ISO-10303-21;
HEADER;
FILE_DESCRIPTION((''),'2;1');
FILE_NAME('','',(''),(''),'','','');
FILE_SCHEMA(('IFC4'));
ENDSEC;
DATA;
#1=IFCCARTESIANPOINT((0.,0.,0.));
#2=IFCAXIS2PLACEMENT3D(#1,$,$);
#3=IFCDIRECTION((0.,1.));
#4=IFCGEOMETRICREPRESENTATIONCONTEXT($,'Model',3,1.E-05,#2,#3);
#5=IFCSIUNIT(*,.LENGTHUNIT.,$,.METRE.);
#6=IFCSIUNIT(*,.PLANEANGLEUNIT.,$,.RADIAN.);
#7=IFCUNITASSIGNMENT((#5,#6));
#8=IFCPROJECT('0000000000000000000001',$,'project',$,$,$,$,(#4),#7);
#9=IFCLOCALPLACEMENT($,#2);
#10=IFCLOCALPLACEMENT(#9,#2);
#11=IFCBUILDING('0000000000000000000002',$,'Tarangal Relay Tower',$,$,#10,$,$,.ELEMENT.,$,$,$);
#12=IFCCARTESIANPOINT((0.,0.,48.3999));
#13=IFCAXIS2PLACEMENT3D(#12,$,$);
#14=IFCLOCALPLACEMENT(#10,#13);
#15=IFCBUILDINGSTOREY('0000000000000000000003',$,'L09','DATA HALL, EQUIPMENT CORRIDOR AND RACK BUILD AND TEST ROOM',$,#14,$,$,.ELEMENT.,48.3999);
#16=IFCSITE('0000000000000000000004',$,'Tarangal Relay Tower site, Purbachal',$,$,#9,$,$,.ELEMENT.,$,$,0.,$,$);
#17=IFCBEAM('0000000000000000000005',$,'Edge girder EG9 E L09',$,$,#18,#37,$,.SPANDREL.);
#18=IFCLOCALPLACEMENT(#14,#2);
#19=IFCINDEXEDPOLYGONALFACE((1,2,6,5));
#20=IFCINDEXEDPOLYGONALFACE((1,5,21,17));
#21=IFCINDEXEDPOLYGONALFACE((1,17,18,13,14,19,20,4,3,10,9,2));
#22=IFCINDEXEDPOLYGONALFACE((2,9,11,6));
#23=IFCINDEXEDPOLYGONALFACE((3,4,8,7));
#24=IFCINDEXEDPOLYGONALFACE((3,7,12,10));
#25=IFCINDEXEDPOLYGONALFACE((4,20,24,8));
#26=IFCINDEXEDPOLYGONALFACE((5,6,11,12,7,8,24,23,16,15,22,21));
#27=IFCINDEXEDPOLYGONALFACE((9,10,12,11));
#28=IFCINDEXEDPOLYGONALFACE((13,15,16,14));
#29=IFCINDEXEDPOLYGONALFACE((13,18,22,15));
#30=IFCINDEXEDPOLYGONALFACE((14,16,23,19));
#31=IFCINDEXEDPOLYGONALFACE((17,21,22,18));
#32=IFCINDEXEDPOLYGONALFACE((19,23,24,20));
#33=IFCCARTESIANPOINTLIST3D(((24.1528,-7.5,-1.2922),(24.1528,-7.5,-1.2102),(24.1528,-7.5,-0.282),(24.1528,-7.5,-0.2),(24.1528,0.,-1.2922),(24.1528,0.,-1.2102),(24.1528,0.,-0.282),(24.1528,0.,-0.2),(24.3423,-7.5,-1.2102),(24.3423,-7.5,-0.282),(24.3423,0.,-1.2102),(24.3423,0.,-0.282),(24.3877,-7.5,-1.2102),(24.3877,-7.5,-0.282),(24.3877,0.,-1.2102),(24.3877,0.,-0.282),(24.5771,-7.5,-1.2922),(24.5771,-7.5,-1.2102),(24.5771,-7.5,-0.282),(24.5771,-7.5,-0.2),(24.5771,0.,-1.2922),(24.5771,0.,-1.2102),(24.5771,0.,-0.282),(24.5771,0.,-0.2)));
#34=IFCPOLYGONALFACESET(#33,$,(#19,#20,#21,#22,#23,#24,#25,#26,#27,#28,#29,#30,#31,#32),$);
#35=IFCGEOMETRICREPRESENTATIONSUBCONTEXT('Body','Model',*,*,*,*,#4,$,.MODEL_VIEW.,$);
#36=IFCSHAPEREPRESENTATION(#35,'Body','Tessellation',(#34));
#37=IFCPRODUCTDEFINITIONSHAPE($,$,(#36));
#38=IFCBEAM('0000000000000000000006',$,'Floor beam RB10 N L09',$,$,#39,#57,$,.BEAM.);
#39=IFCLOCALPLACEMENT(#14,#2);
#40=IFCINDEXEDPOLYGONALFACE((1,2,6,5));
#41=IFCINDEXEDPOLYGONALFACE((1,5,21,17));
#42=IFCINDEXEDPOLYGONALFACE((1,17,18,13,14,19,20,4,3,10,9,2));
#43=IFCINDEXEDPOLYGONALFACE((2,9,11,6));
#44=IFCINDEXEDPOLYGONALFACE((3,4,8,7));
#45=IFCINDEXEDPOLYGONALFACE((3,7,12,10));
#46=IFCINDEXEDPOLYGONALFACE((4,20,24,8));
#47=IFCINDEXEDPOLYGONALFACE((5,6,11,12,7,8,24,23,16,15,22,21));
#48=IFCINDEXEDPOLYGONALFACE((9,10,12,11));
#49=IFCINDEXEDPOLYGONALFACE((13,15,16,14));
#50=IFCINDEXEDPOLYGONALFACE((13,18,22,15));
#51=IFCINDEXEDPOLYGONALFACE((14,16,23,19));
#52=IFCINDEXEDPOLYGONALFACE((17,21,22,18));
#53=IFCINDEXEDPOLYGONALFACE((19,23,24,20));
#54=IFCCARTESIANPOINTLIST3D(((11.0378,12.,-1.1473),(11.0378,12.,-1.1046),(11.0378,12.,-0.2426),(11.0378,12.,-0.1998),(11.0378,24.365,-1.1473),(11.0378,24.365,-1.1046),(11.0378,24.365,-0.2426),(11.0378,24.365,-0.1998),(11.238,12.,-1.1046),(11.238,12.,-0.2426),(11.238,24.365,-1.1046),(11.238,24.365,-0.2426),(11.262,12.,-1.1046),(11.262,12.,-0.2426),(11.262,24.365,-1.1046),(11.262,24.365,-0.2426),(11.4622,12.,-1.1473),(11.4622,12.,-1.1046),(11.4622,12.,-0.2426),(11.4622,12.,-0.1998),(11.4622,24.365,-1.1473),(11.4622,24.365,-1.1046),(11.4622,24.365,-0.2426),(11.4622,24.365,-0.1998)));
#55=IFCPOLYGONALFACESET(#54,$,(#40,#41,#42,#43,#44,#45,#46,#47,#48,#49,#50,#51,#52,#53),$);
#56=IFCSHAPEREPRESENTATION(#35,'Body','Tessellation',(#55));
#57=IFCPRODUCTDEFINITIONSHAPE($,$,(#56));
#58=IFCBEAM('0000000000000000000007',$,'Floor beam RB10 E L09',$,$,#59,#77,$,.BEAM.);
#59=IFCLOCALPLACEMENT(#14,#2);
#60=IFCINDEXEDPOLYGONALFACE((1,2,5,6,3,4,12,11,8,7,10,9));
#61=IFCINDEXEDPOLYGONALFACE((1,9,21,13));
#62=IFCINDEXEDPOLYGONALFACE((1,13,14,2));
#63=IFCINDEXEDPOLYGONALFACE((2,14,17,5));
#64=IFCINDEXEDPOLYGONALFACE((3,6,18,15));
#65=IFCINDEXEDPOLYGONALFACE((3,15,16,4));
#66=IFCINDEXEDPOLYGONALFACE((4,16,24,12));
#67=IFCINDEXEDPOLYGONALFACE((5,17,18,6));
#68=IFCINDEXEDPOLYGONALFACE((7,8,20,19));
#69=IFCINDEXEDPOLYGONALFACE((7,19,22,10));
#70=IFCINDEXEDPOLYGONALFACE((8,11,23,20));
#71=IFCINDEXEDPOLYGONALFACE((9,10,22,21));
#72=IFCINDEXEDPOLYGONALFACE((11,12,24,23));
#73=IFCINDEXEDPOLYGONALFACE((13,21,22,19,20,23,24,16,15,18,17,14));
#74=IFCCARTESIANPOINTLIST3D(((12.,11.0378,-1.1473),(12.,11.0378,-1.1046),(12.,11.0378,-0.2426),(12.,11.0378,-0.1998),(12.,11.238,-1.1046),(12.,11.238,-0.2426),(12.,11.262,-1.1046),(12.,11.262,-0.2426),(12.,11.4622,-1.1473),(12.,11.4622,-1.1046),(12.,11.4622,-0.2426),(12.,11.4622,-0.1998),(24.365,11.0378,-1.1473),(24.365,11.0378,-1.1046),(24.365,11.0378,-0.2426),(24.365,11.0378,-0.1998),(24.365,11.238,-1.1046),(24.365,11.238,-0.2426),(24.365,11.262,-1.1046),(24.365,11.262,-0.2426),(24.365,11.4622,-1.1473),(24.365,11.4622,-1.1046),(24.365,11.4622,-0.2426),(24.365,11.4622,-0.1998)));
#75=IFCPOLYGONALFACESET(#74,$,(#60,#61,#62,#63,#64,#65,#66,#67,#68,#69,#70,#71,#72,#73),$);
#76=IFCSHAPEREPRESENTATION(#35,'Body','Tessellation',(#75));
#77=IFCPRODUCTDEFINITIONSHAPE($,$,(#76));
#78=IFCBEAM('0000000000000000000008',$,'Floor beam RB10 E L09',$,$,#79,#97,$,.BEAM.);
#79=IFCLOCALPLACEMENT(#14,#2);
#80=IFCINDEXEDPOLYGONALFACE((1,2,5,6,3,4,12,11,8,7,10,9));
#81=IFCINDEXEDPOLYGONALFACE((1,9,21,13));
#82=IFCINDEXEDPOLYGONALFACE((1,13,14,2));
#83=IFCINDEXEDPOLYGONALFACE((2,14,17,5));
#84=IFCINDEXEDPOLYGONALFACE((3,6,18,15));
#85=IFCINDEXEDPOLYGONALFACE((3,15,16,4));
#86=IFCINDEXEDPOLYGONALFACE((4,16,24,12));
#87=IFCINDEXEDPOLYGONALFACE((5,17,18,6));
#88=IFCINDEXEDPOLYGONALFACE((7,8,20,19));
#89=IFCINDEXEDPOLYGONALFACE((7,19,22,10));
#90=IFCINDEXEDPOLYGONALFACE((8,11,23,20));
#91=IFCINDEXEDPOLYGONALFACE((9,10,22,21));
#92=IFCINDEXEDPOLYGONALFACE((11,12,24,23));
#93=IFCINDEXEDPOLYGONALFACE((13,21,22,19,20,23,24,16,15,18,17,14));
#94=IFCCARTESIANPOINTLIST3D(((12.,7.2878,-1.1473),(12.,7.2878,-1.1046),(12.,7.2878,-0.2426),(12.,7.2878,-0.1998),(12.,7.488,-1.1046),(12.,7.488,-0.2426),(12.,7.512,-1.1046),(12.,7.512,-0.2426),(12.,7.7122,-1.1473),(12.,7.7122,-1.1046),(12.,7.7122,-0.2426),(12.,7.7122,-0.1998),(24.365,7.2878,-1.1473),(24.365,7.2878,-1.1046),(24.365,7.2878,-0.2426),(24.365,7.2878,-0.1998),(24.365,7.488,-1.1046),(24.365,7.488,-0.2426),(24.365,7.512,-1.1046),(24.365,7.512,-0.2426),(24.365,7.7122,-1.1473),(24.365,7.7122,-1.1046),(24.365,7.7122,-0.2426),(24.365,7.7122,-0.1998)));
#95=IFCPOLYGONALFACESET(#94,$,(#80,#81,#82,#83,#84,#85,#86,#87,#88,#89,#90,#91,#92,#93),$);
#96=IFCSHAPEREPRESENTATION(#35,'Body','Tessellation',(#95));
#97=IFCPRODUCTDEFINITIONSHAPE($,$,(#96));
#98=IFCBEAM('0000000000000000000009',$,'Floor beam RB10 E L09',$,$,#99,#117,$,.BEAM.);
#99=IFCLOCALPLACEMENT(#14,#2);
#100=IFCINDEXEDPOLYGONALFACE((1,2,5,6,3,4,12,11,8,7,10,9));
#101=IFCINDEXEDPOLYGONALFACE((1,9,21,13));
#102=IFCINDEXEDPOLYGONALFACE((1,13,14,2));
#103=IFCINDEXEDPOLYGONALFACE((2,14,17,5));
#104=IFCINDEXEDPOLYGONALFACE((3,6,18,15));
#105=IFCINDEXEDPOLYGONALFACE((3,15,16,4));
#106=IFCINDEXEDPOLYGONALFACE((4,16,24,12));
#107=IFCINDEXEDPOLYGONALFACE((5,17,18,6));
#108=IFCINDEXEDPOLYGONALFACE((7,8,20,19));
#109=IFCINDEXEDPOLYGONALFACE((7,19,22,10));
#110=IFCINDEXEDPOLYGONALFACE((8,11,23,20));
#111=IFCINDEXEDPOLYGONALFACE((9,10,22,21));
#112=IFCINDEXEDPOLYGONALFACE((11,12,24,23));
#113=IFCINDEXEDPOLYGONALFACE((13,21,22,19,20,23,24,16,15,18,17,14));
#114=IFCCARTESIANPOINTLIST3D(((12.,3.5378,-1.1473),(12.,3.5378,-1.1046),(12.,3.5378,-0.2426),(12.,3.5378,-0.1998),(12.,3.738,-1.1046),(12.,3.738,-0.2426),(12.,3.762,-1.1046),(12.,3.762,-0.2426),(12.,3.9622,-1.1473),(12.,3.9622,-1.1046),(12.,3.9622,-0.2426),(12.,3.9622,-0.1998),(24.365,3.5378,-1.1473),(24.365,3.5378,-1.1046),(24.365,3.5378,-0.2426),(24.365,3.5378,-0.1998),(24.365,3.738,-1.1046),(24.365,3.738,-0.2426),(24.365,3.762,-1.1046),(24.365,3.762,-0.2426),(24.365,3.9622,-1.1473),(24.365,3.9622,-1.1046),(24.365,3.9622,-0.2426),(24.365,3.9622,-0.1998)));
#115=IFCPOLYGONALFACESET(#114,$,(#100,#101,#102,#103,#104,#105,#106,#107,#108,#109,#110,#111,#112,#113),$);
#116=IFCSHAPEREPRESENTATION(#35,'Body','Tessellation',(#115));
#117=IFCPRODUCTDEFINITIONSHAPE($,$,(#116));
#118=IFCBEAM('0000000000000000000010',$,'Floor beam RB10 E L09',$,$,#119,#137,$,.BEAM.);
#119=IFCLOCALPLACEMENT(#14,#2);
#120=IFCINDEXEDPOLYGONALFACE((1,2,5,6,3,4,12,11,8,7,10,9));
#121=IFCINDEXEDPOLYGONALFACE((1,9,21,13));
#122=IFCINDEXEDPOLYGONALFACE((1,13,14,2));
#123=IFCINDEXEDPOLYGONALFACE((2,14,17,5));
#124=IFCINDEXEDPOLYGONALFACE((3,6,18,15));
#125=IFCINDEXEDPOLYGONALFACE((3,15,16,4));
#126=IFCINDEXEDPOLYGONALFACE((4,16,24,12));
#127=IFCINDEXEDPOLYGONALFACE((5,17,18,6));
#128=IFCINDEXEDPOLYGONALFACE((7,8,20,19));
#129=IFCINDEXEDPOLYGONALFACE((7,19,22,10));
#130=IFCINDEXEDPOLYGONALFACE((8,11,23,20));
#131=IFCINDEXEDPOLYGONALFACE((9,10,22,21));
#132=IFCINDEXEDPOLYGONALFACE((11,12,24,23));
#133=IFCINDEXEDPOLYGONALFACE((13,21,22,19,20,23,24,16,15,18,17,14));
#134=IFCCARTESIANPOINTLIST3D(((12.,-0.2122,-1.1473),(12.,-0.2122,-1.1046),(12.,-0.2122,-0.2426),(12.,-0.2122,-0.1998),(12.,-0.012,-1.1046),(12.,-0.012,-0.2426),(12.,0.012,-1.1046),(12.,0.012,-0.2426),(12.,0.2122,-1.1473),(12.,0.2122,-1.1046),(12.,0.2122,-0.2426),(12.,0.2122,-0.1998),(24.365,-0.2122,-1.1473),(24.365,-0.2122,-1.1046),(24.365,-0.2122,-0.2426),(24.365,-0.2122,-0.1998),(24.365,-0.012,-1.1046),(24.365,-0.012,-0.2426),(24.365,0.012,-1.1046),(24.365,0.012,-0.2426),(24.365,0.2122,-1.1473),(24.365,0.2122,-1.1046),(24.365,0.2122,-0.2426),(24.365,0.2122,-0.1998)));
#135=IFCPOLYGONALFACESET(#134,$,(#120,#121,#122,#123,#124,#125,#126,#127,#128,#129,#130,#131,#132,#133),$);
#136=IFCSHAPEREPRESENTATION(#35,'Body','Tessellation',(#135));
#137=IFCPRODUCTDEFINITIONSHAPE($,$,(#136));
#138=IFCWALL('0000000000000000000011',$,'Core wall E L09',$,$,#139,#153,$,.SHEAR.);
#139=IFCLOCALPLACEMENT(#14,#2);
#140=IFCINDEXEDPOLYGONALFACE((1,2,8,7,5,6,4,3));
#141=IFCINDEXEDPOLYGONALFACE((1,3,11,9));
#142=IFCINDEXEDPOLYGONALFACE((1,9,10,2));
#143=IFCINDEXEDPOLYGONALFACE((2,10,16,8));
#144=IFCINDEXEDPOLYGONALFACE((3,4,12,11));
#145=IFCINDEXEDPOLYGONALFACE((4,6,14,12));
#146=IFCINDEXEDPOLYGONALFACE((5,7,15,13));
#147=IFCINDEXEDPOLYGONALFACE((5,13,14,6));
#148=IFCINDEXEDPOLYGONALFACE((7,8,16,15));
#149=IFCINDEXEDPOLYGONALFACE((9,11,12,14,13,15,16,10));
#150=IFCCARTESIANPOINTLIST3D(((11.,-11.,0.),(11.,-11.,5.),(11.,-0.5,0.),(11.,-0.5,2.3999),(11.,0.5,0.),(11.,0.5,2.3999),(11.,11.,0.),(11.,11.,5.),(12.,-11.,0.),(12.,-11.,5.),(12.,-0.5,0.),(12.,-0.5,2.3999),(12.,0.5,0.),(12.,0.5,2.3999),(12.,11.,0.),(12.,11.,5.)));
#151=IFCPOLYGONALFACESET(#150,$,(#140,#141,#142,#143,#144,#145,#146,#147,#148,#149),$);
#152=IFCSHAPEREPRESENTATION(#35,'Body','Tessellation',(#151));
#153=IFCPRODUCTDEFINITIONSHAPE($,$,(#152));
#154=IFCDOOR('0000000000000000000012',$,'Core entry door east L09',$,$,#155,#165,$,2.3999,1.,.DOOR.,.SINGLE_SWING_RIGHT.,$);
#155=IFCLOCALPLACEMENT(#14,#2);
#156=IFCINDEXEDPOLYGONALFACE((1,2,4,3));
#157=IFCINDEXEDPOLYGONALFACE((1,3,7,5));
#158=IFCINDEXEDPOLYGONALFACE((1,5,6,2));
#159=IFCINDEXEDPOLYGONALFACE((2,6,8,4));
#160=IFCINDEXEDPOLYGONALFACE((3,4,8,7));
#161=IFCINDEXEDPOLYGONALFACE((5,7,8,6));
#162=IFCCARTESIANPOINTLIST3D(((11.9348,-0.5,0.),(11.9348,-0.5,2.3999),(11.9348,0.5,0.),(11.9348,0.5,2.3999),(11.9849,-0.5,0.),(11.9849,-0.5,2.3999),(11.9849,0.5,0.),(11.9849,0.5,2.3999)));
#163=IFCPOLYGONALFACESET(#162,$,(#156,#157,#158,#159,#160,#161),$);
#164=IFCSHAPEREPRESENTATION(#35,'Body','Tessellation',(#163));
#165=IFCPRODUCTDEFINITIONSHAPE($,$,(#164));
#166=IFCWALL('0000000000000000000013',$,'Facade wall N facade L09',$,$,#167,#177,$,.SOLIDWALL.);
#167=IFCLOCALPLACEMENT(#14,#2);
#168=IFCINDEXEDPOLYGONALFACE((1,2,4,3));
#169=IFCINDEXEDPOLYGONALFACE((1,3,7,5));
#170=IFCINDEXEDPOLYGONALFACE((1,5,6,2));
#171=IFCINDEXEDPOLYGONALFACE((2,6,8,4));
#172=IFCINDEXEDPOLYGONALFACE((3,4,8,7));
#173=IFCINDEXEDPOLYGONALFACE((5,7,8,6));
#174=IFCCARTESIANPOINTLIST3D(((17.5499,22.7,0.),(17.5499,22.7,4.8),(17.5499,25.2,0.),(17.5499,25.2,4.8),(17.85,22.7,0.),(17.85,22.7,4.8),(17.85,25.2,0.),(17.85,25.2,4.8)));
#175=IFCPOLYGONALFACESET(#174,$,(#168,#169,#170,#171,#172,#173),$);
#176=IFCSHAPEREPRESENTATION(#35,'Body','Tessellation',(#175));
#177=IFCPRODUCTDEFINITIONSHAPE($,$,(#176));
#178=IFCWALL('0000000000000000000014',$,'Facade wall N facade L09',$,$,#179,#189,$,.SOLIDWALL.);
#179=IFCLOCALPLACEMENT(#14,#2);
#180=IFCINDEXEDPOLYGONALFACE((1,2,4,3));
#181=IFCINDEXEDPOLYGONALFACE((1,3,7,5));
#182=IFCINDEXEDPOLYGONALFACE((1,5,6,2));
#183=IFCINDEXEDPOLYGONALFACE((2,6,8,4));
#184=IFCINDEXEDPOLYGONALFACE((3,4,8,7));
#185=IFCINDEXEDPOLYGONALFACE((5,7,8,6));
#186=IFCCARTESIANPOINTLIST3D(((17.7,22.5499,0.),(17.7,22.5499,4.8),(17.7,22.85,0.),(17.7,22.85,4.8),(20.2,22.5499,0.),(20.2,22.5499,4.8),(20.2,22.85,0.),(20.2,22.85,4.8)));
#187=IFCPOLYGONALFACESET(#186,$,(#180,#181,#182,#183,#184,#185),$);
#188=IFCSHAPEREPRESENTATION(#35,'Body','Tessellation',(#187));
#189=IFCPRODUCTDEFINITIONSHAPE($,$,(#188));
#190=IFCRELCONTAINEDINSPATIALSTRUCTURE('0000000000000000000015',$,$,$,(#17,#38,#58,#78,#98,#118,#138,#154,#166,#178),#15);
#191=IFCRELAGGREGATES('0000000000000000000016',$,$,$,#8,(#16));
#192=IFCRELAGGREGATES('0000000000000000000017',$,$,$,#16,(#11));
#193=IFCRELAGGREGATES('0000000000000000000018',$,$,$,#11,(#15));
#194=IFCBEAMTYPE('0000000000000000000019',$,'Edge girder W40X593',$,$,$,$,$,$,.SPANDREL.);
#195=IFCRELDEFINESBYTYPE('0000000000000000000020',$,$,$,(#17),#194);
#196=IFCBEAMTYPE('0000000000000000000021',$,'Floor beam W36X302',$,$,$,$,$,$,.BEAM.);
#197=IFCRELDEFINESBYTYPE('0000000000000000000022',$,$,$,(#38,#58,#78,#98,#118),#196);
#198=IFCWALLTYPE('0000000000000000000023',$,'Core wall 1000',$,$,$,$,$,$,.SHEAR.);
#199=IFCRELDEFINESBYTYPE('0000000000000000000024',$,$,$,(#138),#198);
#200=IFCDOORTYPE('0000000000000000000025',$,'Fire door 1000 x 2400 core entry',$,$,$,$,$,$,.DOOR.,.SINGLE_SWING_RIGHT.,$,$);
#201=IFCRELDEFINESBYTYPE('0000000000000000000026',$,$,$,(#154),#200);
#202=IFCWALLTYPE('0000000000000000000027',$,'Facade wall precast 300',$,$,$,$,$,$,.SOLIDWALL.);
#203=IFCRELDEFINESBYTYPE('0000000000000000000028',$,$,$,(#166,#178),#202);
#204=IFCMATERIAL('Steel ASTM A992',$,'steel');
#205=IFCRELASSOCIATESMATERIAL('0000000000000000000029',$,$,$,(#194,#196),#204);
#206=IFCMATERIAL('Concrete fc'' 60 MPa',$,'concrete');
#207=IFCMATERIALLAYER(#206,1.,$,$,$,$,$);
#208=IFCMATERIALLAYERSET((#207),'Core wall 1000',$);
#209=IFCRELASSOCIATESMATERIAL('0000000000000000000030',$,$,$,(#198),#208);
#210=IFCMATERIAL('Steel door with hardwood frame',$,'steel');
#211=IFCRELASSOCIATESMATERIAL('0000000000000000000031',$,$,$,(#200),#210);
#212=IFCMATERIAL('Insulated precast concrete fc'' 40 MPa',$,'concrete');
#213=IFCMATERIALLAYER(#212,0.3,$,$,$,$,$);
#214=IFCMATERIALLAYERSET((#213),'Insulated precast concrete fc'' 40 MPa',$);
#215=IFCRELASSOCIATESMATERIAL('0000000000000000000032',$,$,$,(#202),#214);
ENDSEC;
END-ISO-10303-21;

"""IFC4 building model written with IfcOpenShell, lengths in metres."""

from ifc_helpers import new_model, si_unit, direction, frame, frame_2d, origin, origin_2d, place, context, subcontext, project, spatial, rectangle, i_section, extrude, material, layer, layer_set, material_profile, profile_set, type_object, element, fill, save


model = new_model("IFC4")

# Units and contexts
model_context = context("Model", 3, precision=1e-05, world=origin(), true_north=direction((0.0, 1.0)))
body_context = subcontext(model_context, "Body", "Model", "MODEL_VIEW")
ifc_project = project(units=[si_unit("LENGTHUNIT", "METRE"), si_unit("PLANEANGLEUNIT", "RADIAN")], contexts=[model_context])

# Site, building, storey
site_placement = place(None, origin())
site = spatial("IfcSite", under=ifc_project, at=site_placement, Name="Tarangal Relay Tower site, Purbachal", CompositionType="ELEMENT", RefElevation=0.0)
building_placement = place(site_placement, origin())
building = spatial("IfcBuilding", under=site, at=building_placement, Name="Tarangal Relay Tower", CompositionType="ELEMENT")
storey_placement = place(building_placement, frame((0.0, 0.0, 48.3999)))
storey = spatial("IfcBuildingStorey", under=building, at=storey_placement, Name="L09", Description="DATA HALL, EQUIPMENT CORRIDOR AND RACK BUILD AND TEST ROOM", CompositionType="ELEMENT", Elevation=48.3999)

# Beams
ifc_material_1 = material(Name="Steel ASTM A992", Category="steel")
ifc_material_profile_1 = material_profile(ifc_material_1, i_section(OverallWidth=0.4243, OverallDepth=1.0923, WebThickness=0.0454, FlangeThickness=0.082, at=origin_2d()), Name="W40X593")
ifc_profile_set_1 = profile_set([ifc_material_profile_1], Name="Steel ASTM A992")
beam_type_1 = type_object("IfcBeamType", Name="Edge girder W40X593", PredefinedType="SPANDREL", material=ifc_profile_set_1)
for number, where, z_axis, x_axis, name in (
    (1, (24.365, 0.0, -0.7461), (0.0, -1.0, 0.0), (1.0, 0.0, 0.0), "Edge girder EG9 E L09"),
):
    element("IfcBeam", number, at=place(storey_placement, frame(where, z_axis=z_axis, x_axis=x_axis)), inside=storey, type_object=beam_type_1, Name=name, PredefinedType="SPANDREL", context=body_context, shape_type="SweptSolid", body=[
        extrude(i_section(OverallWidth=0.4243, OverallDepth=1.0923, WebThickness=0.0454, FlangeThickness=0.082, at=origin_2d()), origin(), (0.0, 0.0, 1.0), 7.5),
    ])
ifc_material_profile_2 = material_profile(ifc_material_1, i_section(OverallWidth=0.4243, OverallDepth=0.9475, WebThickness=0.0239, FlangeThickness=0.0427, at=origin_2d()), Name="W36X302")
ifc_profile_set_2 = profile_set([ifc_material_profile_2], Name="Steel ASTM A992")
beam_type_2 = type_object("IfcBeamType", Name="Floor beam W36X302", PredefinedType="BEAM", material=ifc_profile_set_2)
for number, where, z_axis, x_axis, name in (
    (2, (11.25, 12.0, -0.6736), (0.0, 1.0, 0.0), (-1.0, 0.0, 0.0), "Floor beam RB10 N L09"),
    (3, (12.0, 11.25, -0.6736), (1.0, 0.0, 0.0), (0.0, 1.0, 0.0), "Floor beam RB10 E L09"),
    (4, (12.0, 7.5, -0.6736), (1.0, 0.0, 0.0), (0.0, 1.0, 0.0), "Floor beam RB10 E L09"),
    (5, (12.0, 3.75, -0.6736), (1.0, 0.0, 0.0), (0.0, 1.0, 0.0), "Floor beam RB10 E L09"),
    (6, (12.0, 0.0, -0.6736), (1.0, 0.0, 0.0), (0.0, 1.0, 0.0), "Floor beam RB10 E L09"),
):
    element("IfcBeam", number, at=place(storey_placement, frame(where, z_axis=z_axis, x_axis=x_axis)), inside=storey, type_object=beam_type_2, Name=name, PredefinedType="BEAM", context=body_context, shape_type="SweptSolid", body=[
        extrude(i_section(OverallWidth=0.4243, OverallDepth=0.9475, WebThickness=0.0239, FlangeThickness=0.0427, at=origin_2d()), origin(), (0.0, 0.0, 1.0), 12.365),
    ])

# Wall, opening, door
ifc_material_2 = material(Name="Concrete fc' 60 MPa", Category="concrete")
ifc_layer_1 = layer(ifc_material_2, 1.0)
ifc_layer_set_1 = layer_set([ifc_layer_1], Name="Core wall 1000")
wall_type_1 = type_object("IfcWallType", Name="Core wall 1000", PredefinedType="SHEAR", material=ifc_layer_set_1)
wall_1_placement = place(storey_placement, frame((11.5, 11.0, 0.0), z_axis=(0.0, 0.0, 1.0), x_axis=(0.0, -1.0, 0.0)))
wall_1 = element("IfcWall", 7, at=wall_1_placement, inside=storey, type_object=wall_type_1, Name="Core wall E L09", PredefinedType="SHEAR", context=body_context, shape_type="SweptSolid", body=[
    extrude(rectangle(XDim=22.0, YDim=1.0, at=frame_2d((11.0, 0.0))), origin(), (0.0, 0.0, 1.0), 5.0),
])
opening_1_placement = place(wall_1_placement, frame((10.5, 0.0, 0.0)))
opening_1 = element("IfcOpeningElement", 8, at=opening_1_placement, cuts=wall_1, PredefinedType="OPENING", context=body_context, shape_type="SweptSolid", body=[
    extrude(rectangle(XDim=1.0, YDim=2.3999, at=frame_2d((0.5, 1.2))), frame((0.0, 0.51, 0.0), z_axis=(0.0, -1.0, 0.0), x_axis=(1.0, 0.0, 0.0)), (0.0, 0.0, 1.0), 1.02),
])
ifc_material_3 = material(Name="Steel door with hardwood frame", Category="steel")
door_type_1 = type_object("IfcDoorType", Name="Fire door 1000 x 2400 core entry", OperationType="SINGLE_SWING_RIGHT", PredefinedType="DOOR", material=ifc_material_3)
door_1_placement = place(opening_1_placement, origin())
door_1 = element("IfcDoor", 9, at=door_1_placement, inside=storey, type_object=door_type_1, Name="Core entry door east L09", OperationType="SINGLE_SWING_RIGHT", OverallHeight=2.3999, OverallWidth=1.0, PredefinedType="DOOR", context=body_context, shape_type="SweptSolid", body=[
    extrude(rectangle(XDim=1.0, YDim=2.3999, at=frame_2d((0.5, 1.2))), frame((0.0, 0.4849, 0.0), z_axis=(0.0, -1.0, 0.0), x_axis=(1.0, 0.0, 0.0)), (0.0, 0.0, 1.0), 0.05),
])
fill(opening_1, door_1)

# Walls
ifc_material_4 = material(Name="Insulated precast concrete fc' 40 MPa", Category="concrete")
ifc_layer_2 = layer(ifc_material_4, 0.3)
ifc_layer_set_2 = layer_set([ifc_layer_2], Name="Insulated precast concrete fc' 40 MPa")
wall_type_2 = type_object("IfcWallType", Name="Facade wall precast 300", PredefinedType="SOLIDWALL", material=ifc_layer_set_2)
for number, where, z_axis, x_axis, name in (
    (10, (17.7, 25.2, 0.0), (0.0, 0.0, 1.0), (0.0, -1.0, 0.0), "Facade wall N facade L09"),
    (11, (17.7, 22.7, 0.0), (0.0, 0.0, 1.0), (1.0, 0.0, 0.0), "Facade wall N facade L09"),
):
    element("IfcWall", number, at=place(storey_placement, frame(where, z_axis=z_axis, x_axis=x_axis)), inside=storey, type_object=wall_type_2, Name=name, PredefinedType="SOLIDWALL", context=body_context, shape_type="SweptSolid", body=[
        extrude(rectangle(XDim=2.5, YDim=0.3, at=frame_2d((1.25, 0.0))), origin(), (0.0, 0.0, 1.0), 4.8),
    ])

save(model, "model.ifc")
